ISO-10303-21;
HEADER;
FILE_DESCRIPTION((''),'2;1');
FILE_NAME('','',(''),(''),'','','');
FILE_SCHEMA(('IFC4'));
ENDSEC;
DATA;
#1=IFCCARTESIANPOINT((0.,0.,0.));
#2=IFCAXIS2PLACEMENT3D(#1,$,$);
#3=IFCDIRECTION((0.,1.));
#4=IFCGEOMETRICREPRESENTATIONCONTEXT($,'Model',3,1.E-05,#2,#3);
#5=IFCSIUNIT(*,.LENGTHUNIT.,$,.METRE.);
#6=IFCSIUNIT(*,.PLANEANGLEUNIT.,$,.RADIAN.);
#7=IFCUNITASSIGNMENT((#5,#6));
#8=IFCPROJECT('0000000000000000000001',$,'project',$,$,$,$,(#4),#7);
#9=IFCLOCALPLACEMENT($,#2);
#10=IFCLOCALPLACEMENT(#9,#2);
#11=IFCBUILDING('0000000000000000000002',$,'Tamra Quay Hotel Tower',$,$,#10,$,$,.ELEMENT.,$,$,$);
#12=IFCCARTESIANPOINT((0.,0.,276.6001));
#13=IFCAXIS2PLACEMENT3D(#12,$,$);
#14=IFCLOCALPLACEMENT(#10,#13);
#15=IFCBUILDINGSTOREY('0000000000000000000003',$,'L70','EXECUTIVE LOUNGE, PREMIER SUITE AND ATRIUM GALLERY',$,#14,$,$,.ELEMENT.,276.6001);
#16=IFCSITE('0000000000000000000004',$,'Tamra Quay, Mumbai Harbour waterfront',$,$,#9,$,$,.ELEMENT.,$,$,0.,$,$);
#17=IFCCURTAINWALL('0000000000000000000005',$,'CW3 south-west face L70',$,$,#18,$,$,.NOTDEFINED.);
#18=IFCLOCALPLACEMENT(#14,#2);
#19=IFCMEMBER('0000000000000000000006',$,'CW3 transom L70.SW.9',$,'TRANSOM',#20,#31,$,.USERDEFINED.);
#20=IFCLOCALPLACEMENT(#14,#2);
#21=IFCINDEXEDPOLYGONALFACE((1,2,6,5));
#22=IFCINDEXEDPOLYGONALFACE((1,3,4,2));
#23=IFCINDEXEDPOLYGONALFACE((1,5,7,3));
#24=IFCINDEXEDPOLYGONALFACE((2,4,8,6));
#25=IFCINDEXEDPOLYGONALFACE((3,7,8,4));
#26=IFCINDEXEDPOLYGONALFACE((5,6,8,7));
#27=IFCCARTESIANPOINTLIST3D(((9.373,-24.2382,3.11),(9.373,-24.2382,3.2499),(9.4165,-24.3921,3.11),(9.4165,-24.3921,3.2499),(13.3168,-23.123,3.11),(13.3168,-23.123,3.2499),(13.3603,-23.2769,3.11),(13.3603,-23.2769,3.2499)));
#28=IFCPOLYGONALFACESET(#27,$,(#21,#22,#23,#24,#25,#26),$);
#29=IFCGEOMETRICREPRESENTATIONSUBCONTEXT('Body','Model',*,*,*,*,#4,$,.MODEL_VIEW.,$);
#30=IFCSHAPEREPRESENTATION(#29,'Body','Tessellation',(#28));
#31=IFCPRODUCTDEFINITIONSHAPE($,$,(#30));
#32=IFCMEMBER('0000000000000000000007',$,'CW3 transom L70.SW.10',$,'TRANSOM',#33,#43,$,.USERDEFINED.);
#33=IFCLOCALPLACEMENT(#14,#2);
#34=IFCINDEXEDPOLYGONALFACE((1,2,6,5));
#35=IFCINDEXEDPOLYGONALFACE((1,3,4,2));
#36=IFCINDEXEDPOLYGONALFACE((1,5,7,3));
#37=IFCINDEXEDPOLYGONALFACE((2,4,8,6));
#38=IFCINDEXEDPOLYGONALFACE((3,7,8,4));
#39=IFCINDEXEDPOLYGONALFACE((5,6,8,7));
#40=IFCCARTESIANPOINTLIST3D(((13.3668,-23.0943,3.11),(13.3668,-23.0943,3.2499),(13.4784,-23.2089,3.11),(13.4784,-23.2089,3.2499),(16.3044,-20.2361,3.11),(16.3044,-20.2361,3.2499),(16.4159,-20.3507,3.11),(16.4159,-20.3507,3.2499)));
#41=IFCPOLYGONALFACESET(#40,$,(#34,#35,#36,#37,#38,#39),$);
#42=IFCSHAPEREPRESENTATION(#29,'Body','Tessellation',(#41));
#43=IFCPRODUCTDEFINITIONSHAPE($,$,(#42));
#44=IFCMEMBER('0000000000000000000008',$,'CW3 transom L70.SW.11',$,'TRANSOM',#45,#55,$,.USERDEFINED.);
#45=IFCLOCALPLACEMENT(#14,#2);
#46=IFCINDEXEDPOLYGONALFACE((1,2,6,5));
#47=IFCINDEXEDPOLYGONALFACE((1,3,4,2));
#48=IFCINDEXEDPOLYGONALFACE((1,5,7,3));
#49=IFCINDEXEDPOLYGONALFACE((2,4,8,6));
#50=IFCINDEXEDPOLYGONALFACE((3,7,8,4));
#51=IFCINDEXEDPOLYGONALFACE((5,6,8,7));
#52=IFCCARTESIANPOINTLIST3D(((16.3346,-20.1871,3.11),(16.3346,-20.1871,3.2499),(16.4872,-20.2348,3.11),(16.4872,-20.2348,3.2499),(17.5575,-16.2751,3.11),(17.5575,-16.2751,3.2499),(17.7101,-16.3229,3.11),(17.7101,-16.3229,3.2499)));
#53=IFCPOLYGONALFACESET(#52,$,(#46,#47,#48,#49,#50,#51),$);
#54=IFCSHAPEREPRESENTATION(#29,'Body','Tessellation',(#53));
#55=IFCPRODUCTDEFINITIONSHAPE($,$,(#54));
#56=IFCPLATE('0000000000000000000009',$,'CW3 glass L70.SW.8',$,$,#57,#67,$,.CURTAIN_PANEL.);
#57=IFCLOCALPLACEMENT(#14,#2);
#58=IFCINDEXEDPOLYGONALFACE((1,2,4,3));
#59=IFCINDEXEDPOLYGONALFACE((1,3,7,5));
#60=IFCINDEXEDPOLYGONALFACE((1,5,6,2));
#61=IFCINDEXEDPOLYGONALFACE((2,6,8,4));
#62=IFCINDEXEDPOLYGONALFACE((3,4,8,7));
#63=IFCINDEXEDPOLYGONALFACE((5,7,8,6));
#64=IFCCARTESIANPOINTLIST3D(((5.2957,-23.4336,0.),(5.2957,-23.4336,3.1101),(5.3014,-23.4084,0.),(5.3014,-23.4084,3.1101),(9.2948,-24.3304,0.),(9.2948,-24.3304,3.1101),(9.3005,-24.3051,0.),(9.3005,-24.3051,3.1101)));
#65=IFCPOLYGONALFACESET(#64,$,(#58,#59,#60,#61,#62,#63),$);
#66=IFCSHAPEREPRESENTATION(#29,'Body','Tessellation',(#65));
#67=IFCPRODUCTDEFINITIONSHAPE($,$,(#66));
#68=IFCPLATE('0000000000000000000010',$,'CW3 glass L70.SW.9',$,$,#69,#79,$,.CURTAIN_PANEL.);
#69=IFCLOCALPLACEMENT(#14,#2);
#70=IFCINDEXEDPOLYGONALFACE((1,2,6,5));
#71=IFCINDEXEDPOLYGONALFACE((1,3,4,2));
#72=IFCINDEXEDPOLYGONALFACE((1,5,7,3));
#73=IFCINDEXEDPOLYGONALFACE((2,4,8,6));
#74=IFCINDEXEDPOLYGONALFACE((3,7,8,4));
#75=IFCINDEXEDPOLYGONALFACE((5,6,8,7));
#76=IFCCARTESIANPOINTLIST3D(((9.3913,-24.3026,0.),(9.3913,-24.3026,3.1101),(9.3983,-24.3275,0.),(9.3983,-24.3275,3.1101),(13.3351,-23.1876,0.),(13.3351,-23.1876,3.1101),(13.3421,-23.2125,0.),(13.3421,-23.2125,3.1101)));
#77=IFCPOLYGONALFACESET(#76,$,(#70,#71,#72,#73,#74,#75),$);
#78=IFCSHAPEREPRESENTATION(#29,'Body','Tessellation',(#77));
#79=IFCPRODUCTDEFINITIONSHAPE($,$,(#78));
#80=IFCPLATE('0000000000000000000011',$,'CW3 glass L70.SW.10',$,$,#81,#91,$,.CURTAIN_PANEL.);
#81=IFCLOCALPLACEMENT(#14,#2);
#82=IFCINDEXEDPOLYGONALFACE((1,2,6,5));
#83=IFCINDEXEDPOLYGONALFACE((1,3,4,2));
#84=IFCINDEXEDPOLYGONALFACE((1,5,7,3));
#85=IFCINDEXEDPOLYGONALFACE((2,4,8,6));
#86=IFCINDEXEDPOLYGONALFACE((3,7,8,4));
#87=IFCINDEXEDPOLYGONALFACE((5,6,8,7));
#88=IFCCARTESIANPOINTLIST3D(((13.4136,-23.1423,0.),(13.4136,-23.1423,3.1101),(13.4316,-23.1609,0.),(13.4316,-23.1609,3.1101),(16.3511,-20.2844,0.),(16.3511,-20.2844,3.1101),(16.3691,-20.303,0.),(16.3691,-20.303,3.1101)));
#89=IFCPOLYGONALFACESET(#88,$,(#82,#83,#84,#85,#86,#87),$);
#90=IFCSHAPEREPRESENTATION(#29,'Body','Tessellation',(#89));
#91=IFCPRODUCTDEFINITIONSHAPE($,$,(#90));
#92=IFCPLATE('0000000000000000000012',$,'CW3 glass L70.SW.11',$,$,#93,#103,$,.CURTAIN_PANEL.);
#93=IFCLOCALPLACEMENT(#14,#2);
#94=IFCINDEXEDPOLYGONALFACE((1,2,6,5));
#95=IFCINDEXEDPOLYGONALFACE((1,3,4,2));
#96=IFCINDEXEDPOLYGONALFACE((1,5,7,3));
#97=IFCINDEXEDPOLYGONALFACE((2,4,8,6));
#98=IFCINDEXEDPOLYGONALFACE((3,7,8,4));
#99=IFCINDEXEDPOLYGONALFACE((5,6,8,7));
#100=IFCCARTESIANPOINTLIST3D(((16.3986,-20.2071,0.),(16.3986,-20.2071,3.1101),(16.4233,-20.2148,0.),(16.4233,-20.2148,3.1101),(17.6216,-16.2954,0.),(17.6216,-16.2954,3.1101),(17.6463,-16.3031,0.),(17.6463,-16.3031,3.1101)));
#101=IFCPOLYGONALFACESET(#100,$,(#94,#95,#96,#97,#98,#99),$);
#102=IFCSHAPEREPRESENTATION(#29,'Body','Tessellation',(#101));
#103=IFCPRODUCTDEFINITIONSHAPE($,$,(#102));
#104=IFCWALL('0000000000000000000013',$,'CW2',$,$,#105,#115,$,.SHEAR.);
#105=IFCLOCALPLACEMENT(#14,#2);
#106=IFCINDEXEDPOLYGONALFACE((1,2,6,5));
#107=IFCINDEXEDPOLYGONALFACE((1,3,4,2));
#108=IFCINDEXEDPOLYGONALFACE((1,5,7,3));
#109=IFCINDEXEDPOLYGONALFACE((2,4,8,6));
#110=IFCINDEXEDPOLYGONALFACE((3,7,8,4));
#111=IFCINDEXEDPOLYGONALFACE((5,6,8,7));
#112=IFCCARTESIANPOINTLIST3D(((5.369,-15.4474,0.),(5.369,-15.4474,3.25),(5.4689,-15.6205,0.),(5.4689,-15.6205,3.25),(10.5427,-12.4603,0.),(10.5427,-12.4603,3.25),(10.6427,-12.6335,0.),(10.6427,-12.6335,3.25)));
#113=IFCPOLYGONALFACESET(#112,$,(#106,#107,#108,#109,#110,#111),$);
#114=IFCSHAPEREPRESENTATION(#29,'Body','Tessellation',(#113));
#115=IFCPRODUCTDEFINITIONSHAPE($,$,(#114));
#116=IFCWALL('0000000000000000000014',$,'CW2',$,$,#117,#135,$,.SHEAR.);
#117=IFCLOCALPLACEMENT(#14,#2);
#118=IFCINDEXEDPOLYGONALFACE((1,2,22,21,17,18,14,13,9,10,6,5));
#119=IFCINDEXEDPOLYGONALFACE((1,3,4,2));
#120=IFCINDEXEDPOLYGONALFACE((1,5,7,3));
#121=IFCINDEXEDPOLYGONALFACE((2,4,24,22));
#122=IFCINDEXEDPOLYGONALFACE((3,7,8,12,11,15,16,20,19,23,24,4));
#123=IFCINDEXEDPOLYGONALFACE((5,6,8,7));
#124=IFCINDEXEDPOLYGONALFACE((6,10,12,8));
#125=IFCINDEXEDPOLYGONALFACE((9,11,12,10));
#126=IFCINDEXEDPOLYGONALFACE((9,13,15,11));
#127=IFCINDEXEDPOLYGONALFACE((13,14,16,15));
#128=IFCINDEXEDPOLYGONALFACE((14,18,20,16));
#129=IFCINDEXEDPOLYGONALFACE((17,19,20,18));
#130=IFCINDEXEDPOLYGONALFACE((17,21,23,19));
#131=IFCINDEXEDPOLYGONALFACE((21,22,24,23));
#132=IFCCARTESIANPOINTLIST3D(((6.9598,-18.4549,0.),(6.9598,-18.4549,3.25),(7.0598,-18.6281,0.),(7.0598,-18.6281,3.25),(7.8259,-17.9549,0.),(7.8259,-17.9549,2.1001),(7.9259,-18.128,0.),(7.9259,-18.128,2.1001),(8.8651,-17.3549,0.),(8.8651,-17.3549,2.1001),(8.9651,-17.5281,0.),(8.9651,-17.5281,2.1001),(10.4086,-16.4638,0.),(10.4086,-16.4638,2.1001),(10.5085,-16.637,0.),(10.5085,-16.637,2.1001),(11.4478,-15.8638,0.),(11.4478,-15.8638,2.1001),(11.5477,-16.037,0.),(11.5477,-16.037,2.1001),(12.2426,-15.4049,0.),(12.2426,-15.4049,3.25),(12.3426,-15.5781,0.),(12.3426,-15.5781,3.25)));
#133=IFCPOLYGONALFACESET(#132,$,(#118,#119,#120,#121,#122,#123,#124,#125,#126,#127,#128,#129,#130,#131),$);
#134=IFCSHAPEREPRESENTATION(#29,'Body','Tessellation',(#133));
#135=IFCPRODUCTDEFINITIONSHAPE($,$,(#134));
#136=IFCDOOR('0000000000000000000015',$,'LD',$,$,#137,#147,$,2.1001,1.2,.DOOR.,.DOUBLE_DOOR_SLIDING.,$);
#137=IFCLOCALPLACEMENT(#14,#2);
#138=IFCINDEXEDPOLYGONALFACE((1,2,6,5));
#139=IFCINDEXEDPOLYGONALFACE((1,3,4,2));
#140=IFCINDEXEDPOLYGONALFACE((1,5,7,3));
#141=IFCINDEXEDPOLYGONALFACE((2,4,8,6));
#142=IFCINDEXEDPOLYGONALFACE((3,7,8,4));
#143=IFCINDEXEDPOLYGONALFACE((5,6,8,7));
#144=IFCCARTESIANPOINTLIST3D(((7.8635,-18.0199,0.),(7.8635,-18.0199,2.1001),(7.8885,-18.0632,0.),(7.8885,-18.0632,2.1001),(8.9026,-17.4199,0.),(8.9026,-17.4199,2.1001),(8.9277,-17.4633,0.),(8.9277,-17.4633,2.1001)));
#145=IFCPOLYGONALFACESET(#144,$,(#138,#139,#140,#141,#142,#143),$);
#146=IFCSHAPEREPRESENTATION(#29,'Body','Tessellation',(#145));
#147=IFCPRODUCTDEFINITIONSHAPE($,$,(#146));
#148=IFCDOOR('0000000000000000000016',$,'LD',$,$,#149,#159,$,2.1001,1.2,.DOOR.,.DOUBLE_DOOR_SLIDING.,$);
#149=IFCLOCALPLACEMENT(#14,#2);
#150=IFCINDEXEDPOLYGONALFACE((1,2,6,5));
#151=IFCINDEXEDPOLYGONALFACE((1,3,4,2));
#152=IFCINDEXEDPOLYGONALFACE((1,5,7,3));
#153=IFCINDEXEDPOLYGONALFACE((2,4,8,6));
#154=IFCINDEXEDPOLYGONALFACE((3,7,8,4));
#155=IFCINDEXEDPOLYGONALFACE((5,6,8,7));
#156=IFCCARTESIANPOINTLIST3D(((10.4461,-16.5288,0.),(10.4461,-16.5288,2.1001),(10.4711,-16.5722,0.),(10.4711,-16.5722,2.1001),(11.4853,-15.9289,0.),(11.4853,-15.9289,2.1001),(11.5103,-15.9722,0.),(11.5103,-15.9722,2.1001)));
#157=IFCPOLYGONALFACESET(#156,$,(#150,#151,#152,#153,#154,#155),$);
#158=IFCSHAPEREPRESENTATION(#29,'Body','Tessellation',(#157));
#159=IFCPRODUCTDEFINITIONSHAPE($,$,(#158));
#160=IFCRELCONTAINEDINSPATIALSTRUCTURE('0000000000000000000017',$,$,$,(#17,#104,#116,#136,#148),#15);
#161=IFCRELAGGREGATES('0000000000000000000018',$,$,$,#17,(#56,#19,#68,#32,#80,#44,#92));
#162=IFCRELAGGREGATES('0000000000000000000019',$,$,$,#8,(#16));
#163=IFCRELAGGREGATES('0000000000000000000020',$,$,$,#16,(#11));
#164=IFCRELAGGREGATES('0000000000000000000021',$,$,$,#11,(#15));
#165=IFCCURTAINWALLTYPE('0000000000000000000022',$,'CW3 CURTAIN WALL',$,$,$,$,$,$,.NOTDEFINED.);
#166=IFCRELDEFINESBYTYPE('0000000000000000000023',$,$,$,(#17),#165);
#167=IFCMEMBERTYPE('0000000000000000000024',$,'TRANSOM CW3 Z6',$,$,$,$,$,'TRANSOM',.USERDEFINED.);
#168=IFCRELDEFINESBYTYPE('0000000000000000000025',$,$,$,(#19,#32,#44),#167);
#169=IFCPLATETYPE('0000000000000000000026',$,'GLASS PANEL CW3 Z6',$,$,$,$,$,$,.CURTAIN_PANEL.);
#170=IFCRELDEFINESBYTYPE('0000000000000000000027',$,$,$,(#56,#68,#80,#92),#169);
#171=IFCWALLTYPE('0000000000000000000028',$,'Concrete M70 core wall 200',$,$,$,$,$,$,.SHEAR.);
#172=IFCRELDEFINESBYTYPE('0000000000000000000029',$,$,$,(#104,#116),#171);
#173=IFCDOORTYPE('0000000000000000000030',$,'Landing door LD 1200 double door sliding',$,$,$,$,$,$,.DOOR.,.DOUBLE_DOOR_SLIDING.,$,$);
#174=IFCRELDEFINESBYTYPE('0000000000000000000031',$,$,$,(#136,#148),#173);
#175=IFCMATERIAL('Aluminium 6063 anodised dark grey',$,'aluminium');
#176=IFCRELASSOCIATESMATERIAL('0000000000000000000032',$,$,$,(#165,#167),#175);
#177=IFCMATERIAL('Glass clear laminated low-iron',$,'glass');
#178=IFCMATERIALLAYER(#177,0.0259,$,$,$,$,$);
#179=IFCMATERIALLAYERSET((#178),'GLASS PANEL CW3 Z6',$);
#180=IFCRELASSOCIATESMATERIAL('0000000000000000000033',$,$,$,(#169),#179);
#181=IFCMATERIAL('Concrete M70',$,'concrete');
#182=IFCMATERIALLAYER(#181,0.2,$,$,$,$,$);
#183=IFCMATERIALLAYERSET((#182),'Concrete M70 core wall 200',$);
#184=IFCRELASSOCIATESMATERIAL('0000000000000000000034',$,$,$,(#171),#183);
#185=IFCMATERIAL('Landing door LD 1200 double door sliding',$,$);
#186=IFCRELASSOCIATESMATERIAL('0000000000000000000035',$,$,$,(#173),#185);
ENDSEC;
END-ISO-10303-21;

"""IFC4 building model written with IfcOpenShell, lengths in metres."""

from ifc_helpers import new_model, si_unit, direction, frame, frame_2d, origin, origin_2d, place, context, subcontext, project, spatial, rectangle, extrude, material, layer, layer_set, material_profile, profile_set, type_object, element, fill, aggregate, save


model = new_model("IFC4")

# Units and contexts
model_context = context("Model", 3, precision=1e-05, world=origin(), true_north=direction((0.0, 1.0)))
body_context = subcontext(model_context, "Body", "Model", "MODEL_VIEW")
ifc_project = project(units=[si_unit("LENGTHUNIT", "METRE"), si_unit("PLANEANGLEUNIT", "RADIAN")], contexts=[model_context])

# Site, building, storey
site_placement = place(None, origin())
site = spatial("IfcSite", under=ifc_project, at=site_placement, Name="Tamra Quay, Mumbai Harbour waterfront", CompositionType="ELEMENT", RefElevation=0.0)
building_placement = place(site_placement, origin())
building = spatial("IfcBuilding", under=site, at=building_placement, Name="Tamra Quay Hotel Tower", CompositionType="ELEMENT")
storey_placement = place(building_placement, frame((0.0, 0.0, 276.6001)))
storey = spatial("IfcBuildingStorey", under=building, at=storey_placement, Name="L70", Description="EXECUTIVE LOUNGE, PREMIER SUITE AND ATRIUM GALLERY", CompositionType="ELEMENT", Elevation=276.6001)

# Shared definitions
ifc_material_1 = material(Name="Concrete M70", Category="concrete")

# Shared definitions
ifc_material_2 = material(Name="Aluminium 6063 anodised dark grey", Category="aluminium")

# Curtain wall
curtain_wall_type_1 = type_object("IfcCurtainWallType", Name="CW3 CURTAIN WALL", PredefinedType="NOTDEFINED", material=ifc_material_2)
curtain_wall_1_placement = place(storey_placement, origin())
curtain_wall_1 = element("IfcCurtainWall", 1, at=curtain_wall_1_placement, inside=storey, type_object=curtain_wall_type_1, Name="CW3 south-west face L70", PredefinedType="NOTDEFINED")

# Members
ifc_material_profile_1 = material_profile(ifc_material_2, rectangle(XDim=0.1599, YDim=0.1399, at=origin_2d()), Name="TRANSOM 160X140")
ifc_profile_set_1 = profile_set([ifc_material_profile_1], Name="Aluminium 6063 anodised dark grey")
member_type_1 = type_object("IfcMemberType", Name="TRANSOM CW3 Z6", ElementType="TRANSOM", PredefinedType="USERDEFINED", material=ifc_profile_set_1)
member_1_placement = place(storey_placement, frame((9.3948, -24.3152, 3.1799), z_axis=(0.962267, 0.272108, 0.0), x_axis=(-0.272108, 0.962267, 0.0)))
member_1 = element("IfcMember", 2, at=member_1_placement, type_object=member_type_1, Name="CW3 transom L70.SW.9", ObjectType="TRANSOM", PredefinedType="USERDEFINED", context=body_context, shape_type="SweptSolid", body=[
    extrude(rectangle(XDim=0.1599, YDim=0.1399, at=origin_2d()), origin(), (0.0, 0.0, 1.0), 4.0984),
])
member_2_placement = place(storey_placement, frame((13.4226, -23.1516, 3.1799), z_axis=(0.71672, 0.697361, 0.0), x_axis=(-0.697361, 0.71672, 0.0)))
member_2 = element("IfcMember", 3, at=member_2_placement, type_object=member_type_1, Name="CW3 transom L70.SW.10", ObjectType="TRANSOM", PredefinedType="USERDEFINED", context=body_context, shape_type="SweptSolid", body=[
    extrude(rectangle(XDim=0.1599, YDim=0.1399, at=origin_2d()), origin(), (0.0, 0.0, 1.0), 4.0986),
])
member_3_placement = place(storey_placement, frame((16.4109, -20.2109, 3.1799), z_axis=(0.298373, 0.954449, 0.0), x_axis=(-0.954449, 0.298373, 0.0)))
member_3 = element("IfcMember", 4, at=member_3_placement, type_object=member_type_1, Name="CW3 transom L70.SW.11", ObjectType="TRANSOM", PredefinedType="USERDEFINED", context=body_context, shape_type="SweptSolid", body=[
    extrude(rectangle(XDim=0.1599, YDim=0.1399, at=origin_2d()), origin(), (0.0, 0.0, 1.0), 4.0986),
])

# Plates
ifc_material_3 = material(Name="Glass clear laminated low-iron", Category="glass")
ifc_layer_1 = layer(ifc_material_3, 0.0259)
ifc_layer_set_1 = layer_set([ifc_layer_1], Name="GLASS PANEL CW3 Z6")
plate_type = type_object("IfcPlateType", Name="GLASS PANEL CW3 Z6", PredefinedType="CURTAIN_PANEL", material=ifc_layer_set_1)
plate_1_placement = place(storey_placement, frame((7.2981, -23.8694, 0.0), z_axis=(0.0, 0.0, 1.0), x_axis=(0.975768, -0.218806, 0.0)))
plate_1 = element("IfcPlate", 5, at=plate_1_placement, type_object=plate_type, Name="CW3 glass L70.SW.8", PredefinedType="CURTAIN_PANEL", context=body_context, shape_type="SweptSolid", body=[
    extrude(rectangle(XDim=4.0984, YDim=0.0259, at=origin_2d()), origin(), (0.0, 0.0, 1.0), 3.1101),
])
plate_2_placement = place(storey_placement, frame((11.3667, -23.7576, 0.0), z_axis=(0.0, 0.0, 1.0), x_axis=(0.96228, 0.272062, 0.0)))
plate_2 = element("IfcPlate", 6, at=plate_2_placement, type_object=plate_type, Name="CW3 glass L70.SW.9", PredefinedType="CURTAIN_PANEL", context=body_context, shape_type="SweptSolid", body=[
    extrude(rectangle(XDim=4.0984, YDim=0.0259, at=origin_2d()), origin(), (0.0, 0.0, 1.0), 3.1101),
])
plate_3_placement = place(storey_placement, frame((14.8914, -21.7227, 0.0), z_axis=(0.0, 0.0, 1.0), x_axis=(0.716753, 0.697327, 0.0)))
plate_3 = element("IfcPlate", 7, at=plate_3_placement, type_object=plate_type, Name="CW3 glass L70.SW.10", PredefinedType="CURTAIN_PANEL", context=body_context, shape_type="SweptSolid", body=[
    extrude(rectangle(XDim=4.0984, YDim=0.0259, at=origin_2d()), origin(), (0.0, 0.0, 1.0), 3.1101),
])
plate_4_placement = place(storey_placement, frame((17.0225, -18.2551, 0.0), z_axis=(0.0, 0.0, 1.0), x_axis=(0.298392, 0.954443, 0.0)))
plate_4 = element("IfcPlate", 8, at=plate_4_placement, type_object=plate_type, Name="CW3 glass L70.SW.11", PredefinedType="CURTAIN_PANEL", context=body_context, shape_type="SweptSolid", body=[
    extrude(rectangle(XDim=4.0984, YDim=0.0259, at=origin_2d()), origin(), (0.0, 0.0, 1.0), 3.1101),
])
aggregate(curtain_wall_1, [plate_1, member_1, plate_2, member_2, plate_3, member_3, plate_4])

# Wall
ifc_layer_2 = layer(ifc_material_1, 0.2)
ifc_layer_set_2 = layer_set([ifc_layer_2], Name="Concrete M70 core wall 200")
wall_type_1 = type_object("IfcWallType", Name="Concrete M70 core wall 200", PredefinedType="SHEAR", material=ifc_layer_set_2)
wall_1_placement = place(storey_placement, frame((5.4189, -15.5339, 0.0), z_axis=(0.0, 0.0, 1.0), x_axis=(0.866029, 0.499994, 0.0)))
element("IfcWall", 9, at=wall_1_placement, inside=storey, type_object=wall_type_1, Name="CW2", PredefinedType="SHEAR", context=body_context, shape_type="SweptSolid", body=[
    extrude(rectangle(XDim=5.9741, YDim=0.2, at=frame_2d((2.9871, 0.0))), origin(), (0.0, 0.0, 1.0), 3.25),
])

# Wall, openings, doors
wall_2_placement = place(storey_placement, frame((7.0098, -18.5415, 0.0), z_axis=(0.0, 0.0, 1.0), x_axis=(0.86603, 0.499992, 0.0)))
wall_2 = element("IfcWall", 10, at=wall_2_placement, inside=storey, type_object=wall_type_1, Name="CW2", PredefinedType="SHEAR", context=body_context, shape_type="SweptSolid", body=[
    extrude(rectangle(XDim=6.1001, YDim=0.2, at=frame_2d((3.05, 0.0))), origin(), (0.0, 0.0, 1.0), 3.25),
])
opening_1_placement = place(wall_2_placement, frame((1.0, 0.0, 0.0)))
opening_1 = element("IfcOpeningElement", 11, at=opening_1_placement, cuts=wall_2, PredefinedType="OPENING", context=body_context, shape_type="SweptSolid", body=[
    extrude(rectangle(XDim=1.2, YDim=2.1001, at=frame_2d((0.6001, 1.05))), frame((0.0, 0.1099, 0.0), z_axis=(0.0, -1.0, 0.0), x_axis=(1.0, 0.0, 0.0)), (0.0, 0.0, 1.0), 0.22),
])
opening_2_placement = place(wall_2_placement, frame((3.9822, 0.0, 0.0)))
opening_2 = element("IfcOpeningElement", 12, at=opening_2_placement, cuts=wall_2, PredefinedType="OPENING", context=body_context, shape_type="SweptSolid", body=[
    extrude(rectangle(XDim=1.2, YDim=2.1001, at=frame_2d((0.6001, 1.05))), frame((0.0, 0.1099, 0.0), z_axis=(0.0, -1.0, 0.0), x_axis=(1.0, 0.0, 0.0)), (0.0, 0.0, 1.0), 0.22),
])
ifc_material_4 = material(Name="Landing door LD 1200 double door sliding")
door_type_1 = type_object("IfcDoorType", Name="Landing door LD 1200 double door sliding", OperationType="DOUBLE_DOOR_SLIDING", PredefinedType="DOOR", material=ifc_material_4)
door_1_placement = place(opening_1_placement, origin())
door_1 = element("IfcDoor", 13, at=door_1_placement, inside=storey, type_object=door_type_1, Name="LD", OperationType="DOUBLE_DOOR_SLIDING", OverallHeight=2.1001, OverallWidth=1.2, PredefinedType="DOOR", context=body_context, shape_type="SweptSolid", body=[
    extrude(rectangle(XDim=1.2, YDim=2.1001, at=frame_2d((0.6001, 1.05))), frame((0.0, 0.0249, 0.0), z_axis=(0.0, -1.0, 0.0), x_axis=(1.0, 0.0, 0.0)), (0.0, 0.0, 1.0), 0.05),
])
fill(opening_1, door_1)
door_2_placement = place(opening_2_placement, origin())
door_2 = element("IfcDoor", 14, at=door_2_placement, inside=storey, type_object=door_type_1, Name="LD", OperationType="DOUBLE_DOOR_SLIDING", OverallHeight=2.1001, OverallWidth=1.2, PredefinedType="DOOR", context=body_context, shape_type="SweptSolid", body=[
    extrude(rectangle(XDim=1.2, YDim=2.1001, at=frame_2d((0.6001, 1.05))), frame((0.0, 0.0249, 0.0), z_axis=(0.0, -1.0, 0.0), x_axis=(1.0, 0.0, 0.0)), (0.0, 0.0, 1.0), 0.05),
])
fill(opening_2, door_2)

save(model, "model.ifc")
